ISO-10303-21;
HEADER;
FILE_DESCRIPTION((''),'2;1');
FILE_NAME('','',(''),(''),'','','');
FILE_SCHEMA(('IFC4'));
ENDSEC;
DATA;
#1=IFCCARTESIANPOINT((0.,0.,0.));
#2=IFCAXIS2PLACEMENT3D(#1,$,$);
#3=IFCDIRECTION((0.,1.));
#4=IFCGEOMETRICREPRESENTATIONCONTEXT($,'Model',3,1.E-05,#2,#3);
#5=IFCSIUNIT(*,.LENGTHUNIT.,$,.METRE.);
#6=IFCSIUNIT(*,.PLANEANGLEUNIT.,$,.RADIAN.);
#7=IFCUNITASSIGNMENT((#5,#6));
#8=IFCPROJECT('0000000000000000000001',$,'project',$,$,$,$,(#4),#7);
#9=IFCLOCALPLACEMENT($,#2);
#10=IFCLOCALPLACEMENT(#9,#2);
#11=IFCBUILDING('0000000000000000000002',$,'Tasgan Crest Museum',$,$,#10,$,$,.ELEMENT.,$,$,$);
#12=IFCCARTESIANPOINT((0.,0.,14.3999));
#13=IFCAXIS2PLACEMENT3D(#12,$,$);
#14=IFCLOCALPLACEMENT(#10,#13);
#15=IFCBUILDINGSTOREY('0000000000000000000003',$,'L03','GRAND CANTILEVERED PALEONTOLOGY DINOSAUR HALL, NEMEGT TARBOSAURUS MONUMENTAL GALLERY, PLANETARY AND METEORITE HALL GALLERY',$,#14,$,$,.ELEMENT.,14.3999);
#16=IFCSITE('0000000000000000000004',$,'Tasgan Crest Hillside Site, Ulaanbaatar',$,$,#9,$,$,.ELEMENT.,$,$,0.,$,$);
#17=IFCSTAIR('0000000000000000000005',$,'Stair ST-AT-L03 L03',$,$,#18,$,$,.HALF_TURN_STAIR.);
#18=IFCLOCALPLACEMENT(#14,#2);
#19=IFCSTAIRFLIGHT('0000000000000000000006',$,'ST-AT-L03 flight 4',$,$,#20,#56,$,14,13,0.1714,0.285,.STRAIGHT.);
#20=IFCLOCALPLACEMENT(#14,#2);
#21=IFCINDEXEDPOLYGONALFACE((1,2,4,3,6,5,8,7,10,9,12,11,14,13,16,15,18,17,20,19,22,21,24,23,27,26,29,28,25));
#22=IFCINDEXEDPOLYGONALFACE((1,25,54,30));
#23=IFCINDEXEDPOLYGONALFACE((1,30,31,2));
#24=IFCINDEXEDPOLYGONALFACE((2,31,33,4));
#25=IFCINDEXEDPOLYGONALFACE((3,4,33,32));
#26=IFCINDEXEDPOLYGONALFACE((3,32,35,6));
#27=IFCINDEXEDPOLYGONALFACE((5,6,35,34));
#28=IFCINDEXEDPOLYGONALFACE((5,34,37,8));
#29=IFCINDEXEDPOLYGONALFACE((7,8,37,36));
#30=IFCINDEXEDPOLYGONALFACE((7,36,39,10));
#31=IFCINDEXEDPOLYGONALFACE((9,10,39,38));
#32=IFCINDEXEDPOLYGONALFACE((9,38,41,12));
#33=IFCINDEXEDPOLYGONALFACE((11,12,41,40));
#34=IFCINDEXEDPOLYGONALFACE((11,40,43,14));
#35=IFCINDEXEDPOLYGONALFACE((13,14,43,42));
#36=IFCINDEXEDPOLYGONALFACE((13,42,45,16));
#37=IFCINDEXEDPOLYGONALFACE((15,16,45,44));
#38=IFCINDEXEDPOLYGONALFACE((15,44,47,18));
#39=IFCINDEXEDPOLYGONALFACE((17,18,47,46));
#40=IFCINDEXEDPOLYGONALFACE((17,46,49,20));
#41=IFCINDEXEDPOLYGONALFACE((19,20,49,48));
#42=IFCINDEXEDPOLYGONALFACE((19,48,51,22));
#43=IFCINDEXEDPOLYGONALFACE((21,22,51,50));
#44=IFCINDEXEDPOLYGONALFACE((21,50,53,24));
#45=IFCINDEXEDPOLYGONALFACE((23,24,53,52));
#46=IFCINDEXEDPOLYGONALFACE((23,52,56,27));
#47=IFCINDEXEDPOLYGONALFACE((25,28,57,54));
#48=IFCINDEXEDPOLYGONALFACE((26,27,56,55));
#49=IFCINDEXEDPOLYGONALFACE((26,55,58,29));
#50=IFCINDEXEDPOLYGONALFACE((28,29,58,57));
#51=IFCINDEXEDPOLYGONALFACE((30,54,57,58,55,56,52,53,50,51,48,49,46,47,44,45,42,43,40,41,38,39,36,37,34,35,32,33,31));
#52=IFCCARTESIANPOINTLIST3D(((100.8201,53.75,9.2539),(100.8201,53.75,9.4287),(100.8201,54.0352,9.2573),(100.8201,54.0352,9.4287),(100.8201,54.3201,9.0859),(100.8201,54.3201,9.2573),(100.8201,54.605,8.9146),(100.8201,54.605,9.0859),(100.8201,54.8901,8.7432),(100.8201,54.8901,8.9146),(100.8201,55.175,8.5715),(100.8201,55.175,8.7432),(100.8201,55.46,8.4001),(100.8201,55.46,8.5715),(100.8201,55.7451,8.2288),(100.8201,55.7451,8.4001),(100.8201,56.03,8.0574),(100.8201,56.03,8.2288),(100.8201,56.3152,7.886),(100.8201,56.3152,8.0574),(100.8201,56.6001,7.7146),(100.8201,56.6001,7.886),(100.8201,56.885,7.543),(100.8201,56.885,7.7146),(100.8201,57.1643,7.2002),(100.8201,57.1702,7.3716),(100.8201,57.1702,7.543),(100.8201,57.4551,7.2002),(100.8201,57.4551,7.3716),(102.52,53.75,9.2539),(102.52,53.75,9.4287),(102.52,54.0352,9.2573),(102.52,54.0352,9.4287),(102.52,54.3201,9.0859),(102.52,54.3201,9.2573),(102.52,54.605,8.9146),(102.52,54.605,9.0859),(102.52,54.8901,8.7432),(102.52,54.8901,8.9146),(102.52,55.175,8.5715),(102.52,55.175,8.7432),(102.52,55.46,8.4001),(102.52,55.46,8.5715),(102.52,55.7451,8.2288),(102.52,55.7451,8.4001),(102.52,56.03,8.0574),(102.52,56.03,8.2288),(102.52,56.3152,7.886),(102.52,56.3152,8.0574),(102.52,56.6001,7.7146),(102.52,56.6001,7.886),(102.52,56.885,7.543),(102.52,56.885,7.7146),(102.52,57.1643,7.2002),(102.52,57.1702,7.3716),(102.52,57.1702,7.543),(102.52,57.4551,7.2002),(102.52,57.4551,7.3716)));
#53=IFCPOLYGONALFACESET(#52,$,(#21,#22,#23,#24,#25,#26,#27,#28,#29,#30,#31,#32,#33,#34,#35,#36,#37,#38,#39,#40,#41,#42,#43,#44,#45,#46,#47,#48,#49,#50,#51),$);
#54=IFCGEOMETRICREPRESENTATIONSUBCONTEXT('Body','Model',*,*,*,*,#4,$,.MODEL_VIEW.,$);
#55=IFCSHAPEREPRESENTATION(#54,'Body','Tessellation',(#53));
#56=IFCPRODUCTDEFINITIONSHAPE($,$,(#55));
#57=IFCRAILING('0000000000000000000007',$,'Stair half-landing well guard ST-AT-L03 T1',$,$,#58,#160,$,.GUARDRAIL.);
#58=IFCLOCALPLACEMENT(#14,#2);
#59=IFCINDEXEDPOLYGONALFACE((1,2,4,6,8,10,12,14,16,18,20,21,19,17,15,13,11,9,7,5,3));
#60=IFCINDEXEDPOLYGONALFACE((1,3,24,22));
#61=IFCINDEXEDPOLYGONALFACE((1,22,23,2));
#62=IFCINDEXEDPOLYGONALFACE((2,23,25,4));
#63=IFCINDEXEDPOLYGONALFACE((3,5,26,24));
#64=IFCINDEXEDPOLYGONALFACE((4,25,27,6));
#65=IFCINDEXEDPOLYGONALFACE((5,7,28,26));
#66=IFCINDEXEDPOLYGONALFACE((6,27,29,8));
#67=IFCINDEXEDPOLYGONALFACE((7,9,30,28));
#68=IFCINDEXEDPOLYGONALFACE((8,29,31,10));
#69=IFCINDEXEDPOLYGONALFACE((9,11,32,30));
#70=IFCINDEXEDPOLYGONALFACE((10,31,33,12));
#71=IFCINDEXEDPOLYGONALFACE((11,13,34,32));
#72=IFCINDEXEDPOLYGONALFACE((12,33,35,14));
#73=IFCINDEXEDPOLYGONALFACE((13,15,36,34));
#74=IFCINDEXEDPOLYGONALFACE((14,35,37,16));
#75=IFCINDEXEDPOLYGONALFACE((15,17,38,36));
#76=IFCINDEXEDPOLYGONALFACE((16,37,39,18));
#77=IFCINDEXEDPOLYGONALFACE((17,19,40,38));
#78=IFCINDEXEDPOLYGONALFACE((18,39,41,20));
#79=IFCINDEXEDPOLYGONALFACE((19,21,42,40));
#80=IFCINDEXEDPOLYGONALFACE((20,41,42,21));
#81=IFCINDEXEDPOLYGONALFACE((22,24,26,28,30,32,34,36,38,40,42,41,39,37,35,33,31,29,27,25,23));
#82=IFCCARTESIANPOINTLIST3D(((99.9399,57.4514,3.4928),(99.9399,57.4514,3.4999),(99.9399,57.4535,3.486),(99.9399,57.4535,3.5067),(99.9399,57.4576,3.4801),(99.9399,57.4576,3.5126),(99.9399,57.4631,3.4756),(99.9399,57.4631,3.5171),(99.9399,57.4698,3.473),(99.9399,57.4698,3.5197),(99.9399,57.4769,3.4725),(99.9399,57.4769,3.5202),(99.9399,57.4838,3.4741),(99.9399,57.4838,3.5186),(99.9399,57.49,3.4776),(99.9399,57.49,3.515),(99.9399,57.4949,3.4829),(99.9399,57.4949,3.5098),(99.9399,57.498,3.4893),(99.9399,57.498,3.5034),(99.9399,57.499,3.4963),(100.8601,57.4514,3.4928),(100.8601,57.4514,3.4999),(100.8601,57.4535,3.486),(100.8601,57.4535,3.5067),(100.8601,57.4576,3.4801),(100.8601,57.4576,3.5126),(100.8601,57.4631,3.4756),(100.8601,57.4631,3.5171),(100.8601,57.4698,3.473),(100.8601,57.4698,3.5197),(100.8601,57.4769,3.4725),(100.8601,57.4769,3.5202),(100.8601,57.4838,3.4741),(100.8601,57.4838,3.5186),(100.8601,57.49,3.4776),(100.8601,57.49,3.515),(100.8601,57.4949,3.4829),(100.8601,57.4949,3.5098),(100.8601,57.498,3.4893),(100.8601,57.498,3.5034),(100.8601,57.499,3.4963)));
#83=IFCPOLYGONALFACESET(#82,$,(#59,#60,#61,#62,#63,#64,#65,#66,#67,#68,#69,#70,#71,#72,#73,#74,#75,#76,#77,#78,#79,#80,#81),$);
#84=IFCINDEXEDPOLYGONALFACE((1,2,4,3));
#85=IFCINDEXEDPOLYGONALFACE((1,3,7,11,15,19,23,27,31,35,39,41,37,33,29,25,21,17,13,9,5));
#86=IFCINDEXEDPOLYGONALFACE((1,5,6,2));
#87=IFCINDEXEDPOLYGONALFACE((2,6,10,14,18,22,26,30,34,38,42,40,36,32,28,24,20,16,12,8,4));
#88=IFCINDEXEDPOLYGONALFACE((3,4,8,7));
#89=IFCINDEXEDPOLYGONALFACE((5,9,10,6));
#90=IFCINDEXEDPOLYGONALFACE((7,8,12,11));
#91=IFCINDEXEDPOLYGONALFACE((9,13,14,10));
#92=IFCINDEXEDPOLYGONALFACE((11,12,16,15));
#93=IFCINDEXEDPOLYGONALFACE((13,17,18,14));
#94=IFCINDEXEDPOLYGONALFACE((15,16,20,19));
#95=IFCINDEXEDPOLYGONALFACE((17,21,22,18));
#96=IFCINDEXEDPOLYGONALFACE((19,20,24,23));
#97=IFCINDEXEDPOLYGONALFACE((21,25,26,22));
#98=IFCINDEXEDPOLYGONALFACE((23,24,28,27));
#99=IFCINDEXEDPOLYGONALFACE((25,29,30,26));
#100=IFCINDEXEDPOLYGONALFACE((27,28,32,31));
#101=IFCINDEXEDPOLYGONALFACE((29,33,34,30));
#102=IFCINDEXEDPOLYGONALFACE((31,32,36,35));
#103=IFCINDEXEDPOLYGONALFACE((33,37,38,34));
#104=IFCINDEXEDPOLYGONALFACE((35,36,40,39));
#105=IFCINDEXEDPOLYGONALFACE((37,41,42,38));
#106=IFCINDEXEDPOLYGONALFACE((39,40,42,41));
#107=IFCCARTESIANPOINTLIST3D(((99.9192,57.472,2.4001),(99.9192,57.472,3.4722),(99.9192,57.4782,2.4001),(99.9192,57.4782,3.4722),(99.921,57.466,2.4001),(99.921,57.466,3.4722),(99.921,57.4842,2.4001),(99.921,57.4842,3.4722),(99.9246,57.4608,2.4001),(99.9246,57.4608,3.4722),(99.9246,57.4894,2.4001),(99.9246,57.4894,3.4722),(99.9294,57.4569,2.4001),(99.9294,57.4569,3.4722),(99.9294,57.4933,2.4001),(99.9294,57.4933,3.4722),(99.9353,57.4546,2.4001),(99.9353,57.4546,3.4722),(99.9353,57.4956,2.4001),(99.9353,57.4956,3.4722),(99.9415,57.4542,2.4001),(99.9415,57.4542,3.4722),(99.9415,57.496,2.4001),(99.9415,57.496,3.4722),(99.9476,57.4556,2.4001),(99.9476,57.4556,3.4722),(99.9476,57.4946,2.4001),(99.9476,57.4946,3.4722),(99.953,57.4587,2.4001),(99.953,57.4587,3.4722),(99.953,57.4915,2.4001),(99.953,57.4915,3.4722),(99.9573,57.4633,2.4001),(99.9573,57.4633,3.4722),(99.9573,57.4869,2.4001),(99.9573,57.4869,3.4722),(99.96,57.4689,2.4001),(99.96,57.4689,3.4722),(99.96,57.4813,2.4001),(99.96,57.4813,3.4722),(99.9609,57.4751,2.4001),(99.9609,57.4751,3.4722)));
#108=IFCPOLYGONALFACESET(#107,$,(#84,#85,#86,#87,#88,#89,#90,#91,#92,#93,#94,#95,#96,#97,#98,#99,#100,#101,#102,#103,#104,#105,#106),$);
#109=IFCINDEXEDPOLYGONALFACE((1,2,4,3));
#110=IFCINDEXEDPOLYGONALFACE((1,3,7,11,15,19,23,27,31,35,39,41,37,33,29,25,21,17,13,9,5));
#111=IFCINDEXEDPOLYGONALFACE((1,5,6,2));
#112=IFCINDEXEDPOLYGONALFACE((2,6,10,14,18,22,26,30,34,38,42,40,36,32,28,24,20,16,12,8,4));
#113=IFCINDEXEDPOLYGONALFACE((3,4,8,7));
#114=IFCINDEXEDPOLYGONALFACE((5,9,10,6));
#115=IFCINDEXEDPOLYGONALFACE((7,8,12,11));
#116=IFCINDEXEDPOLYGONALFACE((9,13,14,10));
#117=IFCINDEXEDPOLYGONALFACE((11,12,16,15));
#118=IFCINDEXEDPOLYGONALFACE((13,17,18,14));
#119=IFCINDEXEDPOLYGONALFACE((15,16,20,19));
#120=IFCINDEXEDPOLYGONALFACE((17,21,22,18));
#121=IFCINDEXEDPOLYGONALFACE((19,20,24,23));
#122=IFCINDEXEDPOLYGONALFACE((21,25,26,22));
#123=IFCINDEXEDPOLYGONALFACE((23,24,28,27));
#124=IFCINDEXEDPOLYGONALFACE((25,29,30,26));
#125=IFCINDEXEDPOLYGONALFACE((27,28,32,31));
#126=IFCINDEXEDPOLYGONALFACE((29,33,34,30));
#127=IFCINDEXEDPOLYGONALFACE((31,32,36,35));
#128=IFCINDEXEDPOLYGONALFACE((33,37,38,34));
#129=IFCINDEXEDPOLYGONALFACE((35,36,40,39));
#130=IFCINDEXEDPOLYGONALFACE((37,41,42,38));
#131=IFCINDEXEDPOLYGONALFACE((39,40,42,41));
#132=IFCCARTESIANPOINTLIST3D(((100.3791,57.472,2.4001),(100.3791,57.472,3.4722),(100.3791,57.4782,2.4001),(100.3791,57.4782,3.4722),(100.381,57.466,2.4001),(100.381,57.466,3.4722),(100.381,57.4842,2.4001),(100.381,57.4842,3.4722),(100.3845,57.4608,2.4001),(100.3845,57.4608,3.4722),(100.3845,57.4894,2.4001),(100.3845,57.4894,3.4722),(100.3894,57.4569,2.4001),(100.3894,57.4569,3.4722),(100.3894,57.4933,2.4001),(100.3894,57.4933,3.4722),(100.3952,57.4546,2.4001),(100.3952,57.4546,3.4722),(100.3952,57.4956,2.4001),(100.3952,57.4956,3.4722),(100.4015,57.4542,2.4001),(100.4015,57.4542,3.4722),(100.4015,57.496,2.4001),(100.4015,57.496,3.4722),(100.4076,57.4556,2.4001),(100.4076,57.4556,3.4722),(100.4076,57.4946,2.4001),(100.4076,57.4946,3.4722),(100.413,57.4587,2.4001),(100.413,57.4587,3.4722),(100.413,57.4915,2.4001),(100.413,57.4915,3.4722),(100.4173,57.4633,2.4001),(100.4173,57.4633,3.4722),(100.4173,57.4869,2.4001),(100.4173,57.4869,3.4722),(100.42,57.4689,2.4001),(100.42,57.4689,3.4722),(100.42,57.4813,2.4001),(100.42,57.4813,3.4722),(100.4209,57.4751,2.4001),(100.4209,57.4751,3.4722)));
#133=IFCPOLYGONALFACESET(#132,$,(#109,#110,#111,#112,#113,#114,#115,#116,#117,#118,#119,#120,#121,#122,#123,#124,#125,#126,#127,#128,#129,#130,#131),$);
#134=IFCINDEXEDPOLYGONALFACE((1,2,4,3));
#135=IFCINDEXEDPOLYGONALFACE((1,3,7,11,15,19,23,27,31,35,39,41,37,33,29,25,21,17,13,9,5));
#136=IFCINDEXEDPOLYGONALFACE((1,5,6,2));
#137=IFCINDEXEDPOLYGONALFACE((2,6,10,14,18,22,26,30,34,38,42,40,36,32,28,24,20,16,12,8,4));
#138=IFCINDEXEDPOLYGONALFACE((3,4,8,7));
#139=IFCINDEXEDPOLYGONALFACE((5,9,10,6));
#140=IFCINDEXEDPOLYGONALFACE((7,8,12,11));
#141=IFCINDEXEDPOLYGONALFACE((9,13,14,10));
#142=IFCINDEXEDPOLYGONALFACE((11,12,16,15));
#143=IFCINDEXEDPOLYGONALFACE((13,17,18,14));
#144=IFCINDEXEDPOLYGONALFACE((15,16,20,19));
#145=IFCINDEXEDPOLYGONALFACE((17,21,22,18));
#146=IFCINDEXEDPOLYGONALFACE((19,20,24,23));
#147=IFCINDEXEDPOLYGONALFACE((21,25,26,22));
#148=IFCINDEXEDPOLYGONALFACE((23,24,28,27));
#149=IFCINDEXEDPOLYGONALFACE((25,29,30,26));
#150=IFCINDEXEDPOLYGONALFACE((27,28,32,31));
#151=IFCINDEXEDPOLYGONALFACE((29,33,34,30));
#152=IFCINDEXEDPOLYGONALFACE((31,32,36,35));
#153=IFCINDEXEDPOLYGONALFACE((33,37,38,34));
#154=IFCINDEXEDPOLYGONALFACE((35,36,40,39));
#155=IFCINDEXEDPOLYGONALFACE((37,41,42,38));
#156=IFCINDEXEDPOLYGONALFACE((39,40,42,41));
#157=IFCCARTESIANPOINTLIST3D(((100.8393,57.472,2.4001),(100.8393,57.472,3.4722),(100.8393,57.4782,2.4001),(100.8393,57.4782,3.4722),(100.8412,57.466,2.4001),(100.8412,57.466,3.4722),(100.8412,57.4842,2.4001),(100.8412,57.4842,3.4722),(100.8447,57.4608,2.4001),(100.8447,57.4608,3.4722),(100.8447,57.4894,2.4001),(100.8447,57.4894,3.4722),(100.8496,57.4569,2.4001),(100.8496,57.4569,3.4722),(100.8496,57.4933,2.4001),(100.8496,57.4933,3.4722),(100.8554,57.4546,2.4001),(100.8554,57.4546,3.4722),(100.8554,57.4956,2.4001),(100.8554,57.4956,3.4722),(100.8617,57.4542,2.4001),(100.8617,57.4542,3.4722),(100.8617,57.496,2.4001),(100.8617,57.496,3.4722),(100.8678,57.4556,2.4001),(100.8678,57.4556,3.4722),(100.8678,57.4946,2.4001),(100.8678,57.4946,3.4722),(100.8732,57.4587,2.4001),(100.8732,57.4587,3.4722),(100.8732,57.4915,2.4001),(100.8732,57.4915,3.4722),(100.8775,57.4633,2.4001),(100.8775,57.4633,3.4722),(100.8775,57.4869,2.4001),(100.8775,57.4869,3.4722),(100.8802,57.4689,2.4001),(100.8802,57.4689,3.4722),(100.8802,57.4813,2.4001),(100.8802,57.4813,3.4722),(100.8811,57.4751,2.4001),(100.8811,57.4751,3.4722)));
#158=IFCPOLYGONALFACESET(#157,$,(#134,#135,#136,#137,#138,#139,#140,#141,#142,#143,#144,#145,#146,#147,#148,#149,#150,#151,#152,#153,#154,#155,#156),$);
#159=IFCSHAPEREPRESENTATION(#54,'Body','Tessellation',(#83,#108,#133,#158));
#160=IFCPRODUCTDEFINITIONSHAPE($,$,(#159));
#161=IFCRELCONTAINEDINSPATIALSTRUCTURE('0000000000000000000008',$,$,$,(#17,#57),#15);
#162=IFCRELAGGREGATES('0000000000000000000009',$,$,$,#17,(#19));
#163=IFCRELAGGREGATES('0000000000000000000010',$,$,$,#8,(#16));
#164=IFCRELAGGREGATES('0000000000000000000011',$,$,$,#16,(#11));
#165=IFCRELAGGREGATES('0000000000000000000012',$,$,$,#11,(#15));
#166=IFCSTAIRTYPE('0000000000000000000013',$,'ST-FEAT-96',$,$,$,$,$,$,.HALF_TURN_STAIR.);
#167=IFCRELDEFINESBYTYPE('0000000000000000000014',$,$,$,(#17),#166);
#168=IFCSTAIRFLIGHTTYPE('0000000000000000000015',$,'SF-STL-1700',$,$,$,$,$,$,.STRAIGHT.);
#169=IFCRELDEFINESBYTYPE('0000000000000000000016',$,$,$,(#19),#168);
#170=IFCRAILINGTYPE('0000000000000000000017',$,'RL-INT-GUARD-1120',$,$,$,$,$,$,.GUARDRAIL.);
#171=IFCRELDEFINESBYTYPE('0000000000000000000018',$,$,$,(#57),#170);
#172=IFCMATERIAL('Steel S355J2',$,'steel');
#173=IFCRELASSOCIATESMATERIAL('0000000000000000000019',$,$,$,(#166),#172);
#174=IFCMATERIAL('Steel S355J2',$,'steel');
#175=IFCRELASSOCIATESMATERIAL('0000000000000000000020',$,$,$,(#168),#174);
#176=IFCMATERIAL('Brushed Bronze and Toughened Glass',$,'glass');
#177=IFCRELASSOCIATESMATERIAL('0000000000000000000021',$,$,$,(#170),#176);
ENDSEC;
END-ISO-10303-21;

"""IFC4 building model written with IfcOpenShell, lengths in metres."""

from ifc_helpers import new_model, si_unit, direction, frame, origin, origin_2d, place, context, subcontext, project, spatial, polyline, circle, outline, extrude, material, type_object, element, aggregate, save


model = new_model("IFC4")

# Units and contexts
model_context = context("Model", 3, precision=1e-05, world=origin(), true_north=direction((0.0, 1.0)))
body_context = subcontext(model_context, "Body", "Model", "MODEL_VIEW")
ifc_project = project(units=[si_unit("LENGTHUNIT", "METRE"), si_unit("PLANEANGLEUNIT", "RADIAN")], contexts=[model_context])

# Site, building, storey
site_placement = place(None, origin())
site = spatial("IfcSite", under=ifc_project, at=site_placement, Name="Tasgan Crest Hillside Site, Ulaanbaatar", CompositionType="ELEMENT", RefElevation=0.0)
building_placement = place(site_placement, origin())
building = spatial("IfcBuilding", under=site, at=building_placement, Name="Tasgan Crest Museum", CompositionType="ELEMENT")
storey_placement = place(building_placement, frame((0.0, 0.0, 14.3999)))
storey = spatial("IfcBuildingStorey", under=building, at=storey_placement, Name="L03", Description="GRAND CANTILEVERED PALEONTOLOGY DINOSAUR HALL, NEMEGT TARBOSAURUS MONUMENTAL GALLERY, PLANETARY AND METEORITE HALL GALLERY", CompositionType="ELEMENT", Elevation=14.3999)

# Stair, stair flight
ifc_material_1 = material(Name="Steel S355J2", Category="steel")
stair_type = type_object("IfcStairType", Name="ST-FEAT-96", PredefinedType="HALF_TURN_STAIR", material=ifc_material_1)
stair_placement = place(storey_placement, origin())
stair = element("IfcStair", 1, at=stair_placement, inside=storey, type_object=stair_type, Name="Stair ST-AT-L03 L03", PredefinedType="HALF_TURN_STAIR")
ifc_material_2 = material(Name="Steel S355J2", Category="steel")
stair_flight_type = type_object("IfcStairFlightType", Name="SF-STL-1700", PredefinedType="STRAIGHT", material=ifc_material_2)
stair_flight_1_placement = place(storey_placement, frame((101.6699, 57.4551, 7.2002), z_axis=(0.0, 0.0, 1.0), x_axis=(0.0, -1.0, 0.0)))
stair_flight_1 = element("IfcStairFlight", 2, at=stair_flight_1_placement, type_object=stair_flight_type, Name="ST-AT-L03 flight 4", NumberOfRisers=14, NumberOfTreads=13, PredefinedType="STRAIGHT", RiserHeight=0.1714, TreadLength=0.285, context=body_context, shape_type="SweptSolid", body=[
    extrude(outline(polyline([(0.0, 0.0), (0.0, 0.1714), (0.2849, 0.1714), (0.2849, 0.3428), (0.5701, 0.3428), (0.5701, 0.5144), (0.855, 0.5144), (0.855, 0.6858), (1.1399, 0.6858), (1.1399, 0.8572), (1.425, 0.8572), (1.425, 1.0286), (1.71, 1.0286), (1.71, 1.2), (1.9951, 1.2), (1.9951, 1.3713), (2.28, 1.3713), (2.28, 1.543), (2.5649, 1.543), (2.5649, 1.7144), (2.8501, 1.7144), (2.8501, 1.8857), (3.135, 1.8857), (3.135, 2.0571), (3.4199, 2.0571), (3.4199, 2.2285), (3.7051, 2.2285), (3.7051, 2.3999), (3.7051, 2.0537), (0.2908, 0.0), (0.0, 0.0)])), frame((0.0, 0.8501, 0.0), z_axis=(0.0, -1.0, 0.0), x_axis=(1.0, 0.0, 0.0)), (0.0, 0.0, 1.0), 1.7),
])
aggregate(stair, [stair_flight_1])

# Railing
ifc_material_3 = material(Name="Brushed Bronze and Toughened Glass", Category="glass")
railing_type_1 = type_object("IfcRailingType", Name="RL-INT-GUARD-1120", PredefinedType="GUARDRAIL", material=ifc_material_3)
railing_1_placement = place(storey_placement, frame((99.9399, 57.4751, 2.4001)))
element("IfcRailing", 3, at=railing_1_placement, inside=storey, type_object=railing_type_1, Name="Stair half-landing well guard ST-AT-L03 T1", PredefinedType="GUARDRAIL", context=body_context, shape_type="SweptSolid", body=[
    extrude(circle(Radius=0.0239, at=origin_2d()), frame((0.0, 0.0, 1.0962), z_axis=(1.0, 0.0, 0.0), x_axis=(0.0, 1.0, 0.0)), (0.0, 0.0, 1.0), 0.9202),
    extrude(circle(Radius=0.021, at=origin_2d()), origin(), (0.0, 0.0, 1.0), 1.072),
    extrude(circle(Radius=0.021, at=origin_2d()), frame((0.46, 0.0, 0.0)), (0.0, 0.0, 1.0), 1.072),
    extrude(circle(Radius=0.021, at=origin_2d()), frame((0.9202, 0.0, 0.0)), (0.0, 0.0, 1.0), 1.072),
])

save(model, "model.ifc")
